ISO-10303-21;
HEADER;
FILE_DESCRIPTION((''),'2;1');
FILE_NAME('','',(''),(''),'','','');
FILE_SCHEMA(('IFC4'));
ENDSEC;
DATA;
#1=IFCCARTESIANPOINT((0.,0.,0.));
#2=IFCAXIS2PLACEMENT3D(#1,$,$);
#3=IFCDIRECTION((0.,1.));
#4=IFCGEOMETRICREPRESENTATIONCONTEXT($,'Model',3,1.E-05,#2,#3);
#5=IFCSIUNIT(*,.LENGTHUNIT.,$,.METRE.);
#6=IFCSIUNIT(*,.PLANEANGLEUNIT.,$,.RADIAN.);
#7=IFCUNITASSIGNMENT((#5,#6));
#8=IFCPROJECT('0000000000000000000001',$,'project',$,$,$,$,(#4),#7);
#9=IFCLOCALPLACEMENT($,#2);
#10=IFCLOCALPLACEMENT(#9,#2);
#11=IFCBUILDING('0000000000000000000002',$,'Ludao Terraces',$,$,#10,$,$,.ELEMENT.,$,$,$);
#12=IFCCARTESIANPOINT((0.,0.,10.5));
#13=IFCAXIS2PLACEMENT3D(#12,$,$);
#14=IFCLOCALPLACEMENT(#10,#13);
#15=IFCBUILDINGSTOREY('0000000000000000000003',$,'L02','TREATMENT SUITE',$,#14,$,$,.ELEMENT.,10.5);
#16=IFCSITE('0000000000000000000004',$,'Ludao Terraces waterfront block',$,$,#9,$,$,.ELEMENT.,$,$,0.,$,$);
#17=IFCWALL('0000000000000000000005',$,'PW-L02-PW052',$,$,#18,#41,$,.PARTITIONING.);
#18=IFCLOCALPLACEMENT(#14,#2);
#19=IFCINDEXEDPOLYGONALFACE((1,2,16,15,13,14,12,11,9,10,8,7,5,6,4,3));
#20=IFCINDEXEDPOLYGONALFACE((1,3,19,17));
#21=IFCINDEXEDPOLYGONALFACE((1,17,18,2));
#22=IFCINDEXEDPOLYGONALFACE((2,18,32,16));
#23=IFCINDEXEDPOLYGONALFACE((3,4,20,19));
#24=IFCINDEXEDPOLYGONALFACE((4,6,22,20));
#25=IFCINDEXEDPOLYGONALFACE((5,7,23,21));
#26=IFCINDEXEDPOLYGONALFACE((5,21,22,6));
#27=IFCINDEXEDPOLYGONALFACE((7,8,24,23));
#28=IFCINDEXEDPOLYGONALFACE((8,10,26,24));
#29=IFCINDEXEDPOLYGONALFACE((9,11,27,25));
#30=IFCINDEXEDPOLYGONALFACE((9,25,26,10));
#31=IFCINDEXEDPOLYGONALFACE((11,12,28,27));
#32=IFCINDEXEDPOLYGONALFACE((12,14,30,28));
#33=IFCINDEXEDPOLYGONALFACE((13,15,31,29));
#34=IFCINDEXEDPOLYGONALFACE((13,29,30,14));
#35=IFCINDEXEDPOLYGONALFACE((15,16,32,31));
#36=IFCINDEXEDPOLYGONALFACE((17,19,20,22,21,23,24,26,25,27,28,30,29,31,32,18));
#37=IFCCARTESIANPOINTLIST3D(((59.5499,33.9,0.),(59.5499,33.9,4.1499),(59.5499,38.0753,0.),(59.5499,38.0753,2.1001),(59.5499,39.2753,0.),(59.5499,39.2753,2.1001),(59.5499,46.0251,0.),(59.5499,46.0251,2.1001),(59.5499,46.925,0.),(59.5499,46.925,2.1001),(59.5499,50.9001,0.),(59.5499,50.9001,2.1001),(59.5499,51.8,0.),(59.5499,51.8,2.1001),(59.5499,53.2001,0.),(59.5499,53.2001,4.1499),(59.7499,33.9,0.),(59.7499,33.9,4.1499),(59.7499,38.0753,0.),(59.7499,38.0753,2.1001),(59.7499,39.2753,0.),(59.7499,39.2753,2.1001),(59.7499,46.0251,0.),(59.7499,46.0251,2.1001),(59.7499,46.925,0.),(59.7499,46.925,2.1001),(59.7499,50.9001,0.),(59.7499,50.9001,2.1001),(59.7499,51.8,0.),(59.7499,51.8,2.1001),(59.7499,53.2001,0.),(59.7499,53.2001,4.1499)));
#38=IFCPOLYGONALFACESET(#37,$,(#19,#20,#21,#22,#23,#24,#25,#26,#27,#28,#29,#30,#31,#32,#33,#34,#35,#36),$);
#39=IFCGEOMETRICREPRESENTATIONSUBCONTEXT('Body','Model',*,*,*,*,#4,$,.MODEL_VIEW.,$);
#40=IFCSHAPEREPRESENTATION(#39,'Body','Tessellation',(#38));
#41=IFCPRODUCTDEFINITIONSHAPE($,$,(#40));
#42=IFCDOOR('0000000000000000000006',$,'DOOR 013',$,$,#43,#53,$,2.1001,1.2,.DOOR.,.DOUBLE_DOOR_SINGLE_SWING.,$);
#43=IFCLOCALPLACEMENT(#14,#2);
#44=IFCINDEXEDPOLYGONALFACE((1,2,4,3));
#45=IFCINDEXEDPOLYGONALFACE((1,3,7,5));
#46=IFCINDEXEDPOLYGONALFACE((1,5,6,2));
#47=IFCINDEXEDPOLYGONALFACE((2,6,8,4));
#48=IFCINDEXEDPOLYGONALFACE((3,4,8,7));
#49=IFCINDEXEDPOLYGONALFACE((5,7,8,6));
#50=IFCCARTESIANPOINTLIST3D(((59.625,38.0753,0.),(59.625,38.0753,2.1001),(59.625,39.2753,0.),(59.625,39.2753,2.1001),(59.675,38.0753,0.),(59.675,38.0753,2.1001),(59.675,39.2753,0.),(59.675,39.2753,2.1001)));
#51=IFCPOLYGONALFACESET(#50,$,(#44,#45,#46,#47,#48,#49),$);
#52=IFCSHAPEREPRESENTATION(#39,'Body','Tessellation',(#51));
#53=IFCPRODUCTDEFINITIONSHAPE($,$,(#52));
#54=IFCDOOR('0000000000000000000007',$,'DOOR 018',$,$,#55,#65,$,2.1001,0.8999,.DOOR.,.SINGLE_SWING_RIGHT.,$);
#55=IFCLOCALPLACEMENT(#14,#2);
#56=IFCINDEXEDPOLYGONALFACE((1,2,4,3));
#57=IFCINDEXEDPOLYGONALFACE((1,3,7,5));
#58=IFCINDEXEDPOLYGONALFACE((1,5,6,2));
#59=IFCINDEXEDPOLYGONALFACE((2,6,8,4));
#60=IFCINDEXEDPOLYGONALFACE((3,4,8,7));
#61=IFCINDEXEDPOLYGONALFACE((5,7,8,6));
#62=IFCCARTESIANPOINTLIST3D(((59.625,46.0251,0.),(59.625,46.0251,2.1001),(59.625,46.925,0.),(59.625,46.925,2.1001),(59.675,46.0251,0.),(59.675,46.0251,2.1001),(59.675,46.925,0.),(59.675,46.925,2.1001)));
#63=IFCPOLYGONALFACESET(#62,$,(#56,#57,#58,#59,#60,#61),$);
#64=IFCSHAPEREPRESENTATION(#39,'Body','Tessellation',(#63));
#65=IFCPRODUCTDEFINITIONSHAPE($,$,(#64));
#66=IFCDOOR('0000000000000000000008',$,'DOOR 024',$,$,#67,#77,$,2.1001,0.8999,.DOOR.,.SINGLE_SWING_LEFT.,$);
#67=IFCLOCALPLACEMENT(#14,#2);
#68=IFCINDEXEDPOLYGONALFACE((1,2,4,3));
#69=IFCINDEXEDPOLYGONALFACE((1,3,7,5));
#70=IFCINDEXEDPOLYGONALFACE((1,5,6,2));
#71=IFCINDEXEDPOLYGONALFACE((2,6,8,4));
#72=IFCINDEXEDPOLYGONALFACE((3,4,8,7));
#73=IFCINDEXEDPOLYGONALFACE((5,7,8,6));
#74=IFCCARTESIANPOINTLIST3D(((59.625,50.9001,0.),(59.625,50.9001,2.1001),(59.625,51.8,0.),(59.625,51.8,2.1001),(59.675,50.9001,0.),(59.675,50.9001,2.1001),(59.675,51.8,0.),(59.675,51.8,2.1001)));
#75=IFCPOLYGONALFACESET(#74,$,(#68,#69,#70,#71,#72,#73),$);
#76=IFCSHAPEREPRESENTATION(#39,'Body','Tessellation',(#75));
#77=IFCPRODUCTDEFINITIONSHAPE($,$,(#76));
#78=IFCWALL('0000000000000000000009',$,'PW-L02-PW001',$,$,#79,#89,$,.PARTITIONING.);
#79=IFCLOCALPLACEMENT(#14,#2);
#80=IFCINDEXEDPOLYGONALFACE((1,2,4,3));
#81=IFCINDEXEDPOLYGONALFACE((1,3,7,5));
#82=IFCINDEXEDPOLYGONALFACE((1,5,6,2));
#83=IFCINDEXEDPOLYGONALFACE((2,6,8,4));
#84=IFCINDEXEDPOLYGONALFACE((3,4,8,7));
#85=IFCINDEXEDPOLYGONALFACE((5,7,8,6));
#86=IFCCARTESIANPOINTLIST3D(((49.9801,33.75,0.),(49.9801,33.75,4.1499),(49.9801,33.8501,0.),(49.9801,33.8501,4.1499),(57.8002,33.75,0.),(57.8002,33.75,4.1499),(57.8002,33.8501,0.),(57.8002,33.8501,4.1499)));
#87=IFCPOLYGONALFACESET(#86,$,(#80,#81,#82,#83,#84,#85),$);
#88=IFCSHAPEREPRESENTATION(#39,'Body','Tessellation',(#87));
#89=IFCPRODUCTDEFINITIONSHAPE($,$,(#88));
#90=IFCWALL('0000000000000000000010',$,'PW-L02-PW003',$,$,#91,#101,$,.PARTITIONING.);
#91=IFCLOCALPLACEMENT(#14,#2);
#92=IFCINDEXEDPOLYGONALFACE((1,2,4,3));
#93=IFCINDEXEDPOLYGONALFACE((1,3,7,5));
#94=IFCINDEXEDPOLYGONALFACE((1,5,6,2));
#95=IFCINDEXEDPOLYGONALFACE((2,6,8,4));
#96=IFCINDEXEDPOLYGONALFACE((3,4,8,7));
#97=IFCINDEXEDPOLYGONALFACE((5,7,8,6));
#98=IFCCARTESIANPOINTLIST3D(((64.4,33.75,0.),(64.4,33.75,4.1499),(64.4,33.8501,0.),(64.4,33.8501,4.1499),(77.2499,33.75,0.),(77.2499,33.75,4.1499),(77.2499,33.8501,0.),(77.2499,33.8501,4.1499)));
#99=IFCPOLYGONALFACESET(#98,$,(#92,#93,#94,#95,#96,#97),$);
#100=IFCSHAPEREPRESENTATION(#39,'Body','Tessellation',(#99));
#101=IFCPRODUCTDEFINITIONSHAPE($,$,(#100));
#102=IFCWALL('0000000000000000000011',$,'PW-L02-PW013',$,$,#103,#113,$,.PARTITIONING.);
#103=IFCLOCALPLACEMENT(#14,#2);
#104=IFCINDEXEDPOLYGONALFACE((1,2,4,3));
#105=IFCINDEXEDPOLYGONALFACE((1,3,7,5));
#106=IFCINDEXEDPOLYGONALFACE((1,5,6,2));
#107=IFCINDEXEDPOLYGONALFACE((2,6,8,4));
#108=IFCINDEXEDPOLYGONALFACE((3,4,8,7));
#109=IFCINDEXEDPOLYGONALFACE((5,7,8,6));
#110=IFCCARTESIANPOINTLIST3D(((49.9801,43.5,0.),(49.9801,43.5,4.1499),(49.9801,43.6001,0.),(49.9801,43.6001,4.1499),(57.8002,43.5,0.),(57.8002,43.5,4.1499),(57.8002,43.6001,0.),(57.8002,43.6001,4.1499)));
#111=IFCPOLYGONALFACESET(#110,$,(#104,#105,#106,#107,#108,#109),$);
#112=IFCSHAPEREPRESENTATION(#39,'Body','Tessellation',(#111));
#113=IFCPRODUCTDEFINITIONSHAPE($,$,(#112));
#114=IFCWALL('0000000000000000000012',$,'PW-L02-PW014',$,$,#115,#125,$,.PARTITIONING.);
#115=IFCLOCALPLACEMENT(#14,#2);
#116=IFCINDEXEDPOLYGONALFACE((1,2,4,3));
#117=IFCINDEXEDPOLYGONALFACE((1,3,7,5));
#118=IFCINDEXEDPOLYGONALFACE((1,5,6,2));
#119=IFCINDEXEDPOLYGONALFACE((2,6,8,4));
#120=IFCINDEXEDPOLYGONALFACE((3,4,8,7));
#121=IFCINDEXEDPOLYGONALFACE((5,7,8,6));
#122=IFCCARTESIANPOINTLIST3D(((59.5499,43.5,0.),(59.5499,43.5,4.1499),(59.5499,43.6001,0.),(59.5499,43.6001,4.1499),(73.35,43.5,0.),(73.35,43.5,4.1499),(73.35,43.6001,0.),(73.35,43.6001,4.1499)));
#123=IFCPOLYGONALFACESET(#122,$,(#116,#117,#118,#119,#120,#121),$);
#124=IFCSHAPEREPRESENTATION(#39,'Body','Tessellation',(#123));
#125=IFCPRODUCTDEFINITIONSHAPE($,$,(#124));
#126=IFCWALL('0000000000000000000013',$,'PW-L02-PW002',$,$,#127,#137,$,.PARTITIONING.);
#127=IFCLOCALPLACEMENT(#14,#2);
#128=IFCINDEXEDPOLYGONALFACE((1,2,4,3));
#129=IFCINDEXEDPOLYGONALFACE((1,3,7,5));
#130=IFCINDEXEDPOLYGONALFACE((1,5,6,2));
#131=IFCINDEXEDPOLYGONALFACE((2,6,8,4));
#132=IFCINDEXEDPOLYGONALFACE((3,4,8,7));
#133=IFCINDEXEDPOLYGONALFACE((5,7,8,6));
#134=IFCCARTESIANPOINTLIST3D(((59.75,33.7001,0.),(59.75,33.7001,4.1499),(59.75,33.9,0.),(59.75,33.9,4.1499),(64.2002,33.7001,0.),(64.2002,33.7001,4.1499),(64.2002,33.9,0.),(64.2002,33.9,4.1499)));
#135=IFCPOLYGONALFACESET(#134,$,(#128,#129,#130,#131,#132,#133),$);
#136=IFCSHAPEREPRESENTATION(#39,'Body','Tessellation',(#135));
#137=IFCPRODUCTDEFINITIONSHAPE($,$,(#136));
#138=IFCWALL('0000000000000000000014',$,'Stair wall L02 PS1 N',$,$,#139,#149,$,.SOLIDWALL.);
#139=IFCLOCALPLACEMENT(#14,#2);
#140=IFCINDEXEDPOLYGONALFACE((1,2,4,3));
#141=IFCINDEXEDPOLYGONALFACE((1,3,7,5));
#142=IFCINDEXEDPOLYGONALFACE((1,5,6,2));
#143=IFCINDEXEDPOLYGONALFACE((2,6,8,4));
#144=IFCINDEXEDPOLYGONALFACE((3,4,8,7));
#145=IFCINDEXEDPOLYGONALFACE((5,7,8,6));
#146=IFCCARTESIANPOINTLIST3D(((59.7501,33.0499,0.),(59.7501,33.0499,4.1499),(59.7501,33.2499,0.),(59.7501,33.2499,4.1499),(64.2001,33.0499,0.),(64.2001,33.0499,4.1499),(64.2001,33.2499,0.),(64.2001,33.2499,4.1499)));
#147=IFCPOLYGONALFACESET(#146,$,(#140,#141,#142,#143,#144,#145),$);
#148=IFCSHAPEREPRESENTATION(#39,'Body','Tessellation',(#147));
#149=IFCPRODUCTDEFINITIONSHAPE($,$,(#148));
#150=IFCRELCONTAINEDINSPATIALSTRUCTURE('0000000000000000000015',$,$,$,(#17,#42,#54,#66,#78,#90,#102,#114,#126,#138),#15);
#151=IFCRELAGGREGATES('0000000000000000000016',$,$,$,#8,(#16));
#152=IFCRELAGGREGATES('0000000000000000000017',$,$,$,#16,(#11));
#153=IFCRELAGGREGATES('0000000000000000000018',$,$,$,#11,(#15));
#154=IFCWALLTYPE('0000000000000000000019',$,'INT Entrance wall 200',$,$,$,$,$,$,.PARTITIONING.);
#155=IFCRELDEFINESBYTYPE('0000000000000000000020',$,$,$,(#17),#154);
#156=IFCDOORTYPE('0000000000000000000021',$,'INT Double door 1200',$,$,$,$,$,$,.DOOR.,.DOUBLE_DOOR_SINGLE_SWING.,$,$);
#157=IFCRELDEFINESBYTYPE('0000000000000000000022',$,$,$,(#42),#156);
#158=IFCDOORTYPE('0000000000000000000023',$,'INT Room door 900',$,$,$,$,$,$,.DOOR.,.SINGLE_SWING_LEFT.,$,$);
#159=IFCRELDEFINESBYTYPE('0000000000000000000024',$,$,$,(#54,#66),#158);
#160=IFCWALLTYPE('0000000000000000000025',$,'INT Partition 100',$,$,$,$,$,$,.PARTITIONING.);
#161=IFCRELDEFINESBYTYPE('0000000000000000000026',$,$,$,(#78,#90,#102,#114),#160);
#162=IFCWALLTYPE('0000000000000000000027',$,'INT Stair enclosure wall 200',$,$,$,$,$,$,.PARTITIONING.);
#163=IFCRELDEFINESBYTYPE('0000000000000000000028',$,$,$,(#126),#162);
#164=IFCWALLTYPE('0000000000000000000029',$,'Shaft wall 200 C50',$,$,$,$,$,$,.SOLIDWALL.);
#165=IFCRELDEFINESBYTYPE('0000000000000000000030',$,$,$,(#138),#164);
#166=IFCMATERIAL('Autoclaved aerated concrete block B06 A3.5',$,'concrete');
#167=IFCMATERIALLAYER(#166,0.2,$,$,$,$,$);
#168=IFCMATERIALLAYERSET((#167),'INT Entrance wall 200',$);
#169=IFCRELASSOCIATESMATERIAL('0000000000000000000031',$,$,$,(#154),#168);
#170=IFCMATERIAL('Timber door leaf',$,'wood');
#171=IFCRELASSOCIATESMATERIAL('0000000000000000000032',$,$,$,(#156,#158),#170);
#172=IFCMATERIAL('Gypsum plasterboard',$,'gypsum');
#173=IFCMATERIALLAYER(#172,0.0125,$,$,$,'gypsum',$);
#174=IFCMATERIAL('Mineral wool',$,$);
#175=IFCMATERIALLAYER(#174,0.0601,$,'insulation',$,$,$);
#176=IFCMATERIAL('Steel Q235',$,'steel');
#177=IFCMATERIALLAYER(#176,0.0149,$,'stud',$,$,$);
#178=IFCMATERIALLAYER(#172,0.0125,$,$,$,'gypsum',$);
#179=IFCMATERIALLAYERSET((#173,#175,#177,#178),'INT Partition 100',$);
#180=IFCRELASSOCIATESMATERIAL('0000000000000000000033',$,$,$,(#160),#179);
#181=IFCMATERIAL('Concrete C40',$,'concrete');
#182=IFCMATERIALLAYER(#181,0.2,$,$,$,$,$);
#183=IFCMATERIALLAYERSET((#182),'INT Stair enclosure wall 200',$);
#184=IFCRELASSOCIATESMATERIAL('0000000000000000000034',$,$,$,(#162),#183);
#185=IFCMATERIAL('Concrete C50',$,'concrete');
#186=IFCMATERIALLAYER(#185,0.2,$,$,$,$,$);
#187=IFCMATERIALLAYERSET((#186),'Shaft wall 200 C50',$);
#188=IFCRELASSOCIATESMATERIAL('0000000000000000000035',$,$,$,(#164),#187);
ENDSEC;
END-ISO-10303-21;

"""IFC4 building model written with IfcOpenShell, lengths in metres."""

from ifc_helpers import new_model, si_unit, direction, frame, frame_2d, origin, place, context, subcontext, project, spatial, rectangle, extrude, material, layer, layer_set, type_object, element, fill, save


model = new_model("IFC4")

# Units and contexts
model_context = context("Model", 3, precision=1e-05, world=origin(), true_north=direction((0.0, 1.0)))
body_context = subcontext(model_context, "Body", "Model", "MODEL_VIEW")
ifc_project = project(units=[si_unit("LENGTHUNIT", "METRE"), si_unit("PLANEANGLEUNIT", "RADIAN")], contexts=[model_context])

# Site, building, storey
site_placement = place(None, origin())
site = spatial("IfcSite", under=ifc_project, at=site_placement, Name="Ludao Terraces waterfront block", CompositionType="ELEMENT", RefElevation=0.0)
building_placement = place(site_placement, origin())
building = spatial("IfcBuilding", under=site, at=building_placement, Name="Ludao Terraces", CompositionType="ELEMENT")
storey_placement = place(building_placement, frame((0.0, 0.0, 10.5)))
storey = spatial("IfcBuildingStorey", under=building, at=storey_placement, Name="L02", Description="TREATMENT SUITE", CompositionType="ELEMENT", Elevation=10.5)

# Wall, openings, doors
ifc_material_1 = material(Name="Autoclaved aerated concrete block B06 A3.5", Category="concrete")
ifc_layer_1 = layer(ifc_material_1, 0.2)
ifc_layer_set_1 = layer_set([ifc_layer_1], Name="INT Entrance wall 200")
wall_type_1 = type_object("IfcWallType", Name="INT Entrance wall 200", PredefinedType="PARTITIONING", material=ifc_layer_set_1)
ifc_material_2 = material(Name="Timber door leaf", Category="wood")
door_type_1 = type_object("IfcDoorType", Name="INT Double door 1200", OperationType="DOUBLE_DOOR_SINGLE_SWING", PredefinedType="DOOR", material=ifc_material_2)
door_type_2 = type_object("IfcDoorType", Name="INT Room door 900", OperationType="SINGLE_SWING_LEFT", PredefinedType="DOOR", material=ifc_material_2)
wall_1_placement = place(storey_placement, frame((59.6499, 33.9001, 0.0), z_axis=(0.0, 0.0, 1.0), x_axis=(0.0, 1.0, 0.0)))
wall_1 = element("IfcWall", 1, at=wall_1_placement, inside=storey, type_object=wall_type_1, Name="PW-L02-PW052", PredefinedType="PARTITIONING", context=body_context, shape_type="SweptSolid", body=[
    extrude(rectangle(XDim=19.3, YDim=0.2, at=frame_2d((9.6499, 0.0))), origin(), (0.0, 0.0, 1.0), 4.1499),
])
opening_1_placement = place(wall_1_placement, frame((4.175, 0.0, 0.0)))
opening_1 = element("IfcOpeningElement", 2, at=opening_1_placement, cuts=wall_1, PredefinedType="OPENING", context=body_context, shape_type="SweptSolid", body=[
    extrude(rectangle(XDim=1.2, YDim=2.1001, at=frame_2d((0.6001, 1.05))), frame((0.0, 0.1099, 0.0), z_axis=(0.0, -1.0, 0.0), x_axis=(1.0, 0.0, 0.0)), (0.0, 0.0, 1.0), 0.22),
])
opening_2_placement = place(wall_1_placement, frame((12.125, 0.0, 0.0)))
opening_2 = element("IfcOpeningElement", 3, at=opening_2_placement, cuts=wall_1, PredefinedType="OPENING", context=body_context, shape_type="SweptSolid", body=[
    extrude(rectangle(XDim=0.8999, YDim=2.1001, at=frame_2d((0.45, 1.05))), frame((0.0, 0.1099, 0.0), z_axis=(0.0, -1.0, 0.0), x_axis=(1.0, 0.0, 0.0)), (0.0, 0.0, 1.0), 0.22),
])
opening_3_placement = place(wall_1_placement, frame((17.0, 0.0, 0.0)))
opening_3 = element("IfcOpeningElement", 4, at=opening_3_placement, cuts=wall_1, PredefinedType="OPENING", context=body_context, shape_type="SweptSolid", body=[
    extrude(rectangle(XDim=0.8999, YDim=2.1001, at=frame_2d((0.45, 1.05))), frame((0.0, 0.1099, 0.0), z_axis=(0.0, -1.0, 0.0), x_axis=(1.0, 0.0, 0.0)), (0.0, 0.0, 1.0), 0.22),
])
door_1_placement = place(opening_1_placement, origin())
door_1 = element("IfcDoor", 5, at=door_1_placement, inside=storey, type_object=door_type_1, Name="DOOR 013", OperationType="DOUBLE_DOOR_SINGLE_SWING", OverallHeight=2.1001, OverallWidth=1.2, PredefinedType="DOOR", context=body_context, shape_type="SweptSolid", body=[
    extrude(rectangle(XDim=1.2, YDim=2.1001, at=frame_2d((0.6001, 1.05))), frame((0.0, 0.0249, 0.0), z_axis=(0.0, -1.0, 0.0), x_axis=(1.0, 0.0, 0.0)), (0.0, 0.0, 1.0), 0.05),
])
fill(opening_1, door_1)
door_2_placement = place(opening_2_placement, origin())
door_2 = element("IfcDoor", 6, at=door_2_placement, inside=storey, type_object=door_type_2, Name="DOOR 018", OperationType="SINGLE_SWING_RIGHT", OverallHeight=2.1001, OverallWidth=0.8999, PredefinedType="DOOR", context=body_context, shape_type="SweptSolid", body=[
    extrude(rectangle(XDim=0.8999, YDim=2.1001, at=frame_2d((0.45, 1.05))), frame((0.0, 0.0249, 0.0), z_axis=(0.0, -1.0, 0.0), x_axis=(1.0, 0.0, 0.0)), (0.0, 0.0, 1.0), 0.05),
])
fill(opening_2, door_2)
door_3_placement = place(opening_3_placement, origin())
door_3 = element("IfcDoor", 7, at=door_3_placement, inside=storey, type_object=door_type_2, Name="DOOR 024", OperationType="SINGLE_SWING_LEFT", OverallHeight=2.1001, OverallWidth=0.8999, PredefinedType="DOOR", context=body_context, shape_type="SweptSolid", body=[
    extrude(rectangle(XDim=0.8999, YDim=2.1001, at=frame_2d((0.45, 1.05))), frame((0.0, 0.0249, 0.0), z_axis=(0.0, -1.0, 0.0), x_axis=(1.0, 0.0, 0.0)), (0.0, 0.0, 1.0), 0.05),
])
fill(opening_3, door_3)

# Walls
ifc_material_3 = material(Name="Gypsum plasterboard", Category="gypsum")
ifc_layer_2 = layer(ifc_material_3, 0.0125, Category="gypsum")
ifc_material_4 = material(Name="Mineral wool")
ifc_layer_3 = layer(ifc_material_4, 0.0601, Name="insulation")
ifc_material_5 = material(Name="Steel Q235", Category="steel")
ifc_layer_4 = layer(ifc_material_5, 0.0149, Name="stud")
ifc_layer_5 = layer(ifc_material_3, 0.0125, Category="gypsum")
ifc_layer_set_2 = layer_set([ifc_layer_2, ifc_layer_3, ifc_layer_4, ifc_layer_5], Name="INT Partition 100")
wall_type_2 = type_object("IfcWallType", Name="INT Partition 100", PredefinedType="PARTITIONING", material=ifc_layer_set_2)
wall_2_placement = place(storey_placement, frame((49.98, 33.8, 0.0), z_axis=(0.0, 0.0, 1.0), x_axis=(1.0, 0.0, 0.0)))
element("IfcWall", 8, at=wall_2_placement, inside=storey, type_object=wall_type_2, Name="PW-L02-PW001", PredefinedType="PARTITIONING", context=body_context, shape_type="SweptSolid", body=[
    extrude(rectangle(XDim=7.8201, YDim=0.1001, at=frame_2d((3.9102, 0.0))), origin(), (0.0, 0.0, 1.0), 4.1499),
])
wall_3_placement = place(storey_placement, frame((64.4001, 33.8, 0.0), z_axis=(0.0, 0.0, 1.0), x_axis=(1.0, 0.0, 0.0)))
element("IfcWall", 9, at=wall_3_placement, inside=storey, type_object=wall_type_2, Name="PW-L02-PW003", PredefinedType="PARTITIONING", context=body_context, shape_type="SweptSolid", body=[
    extrude(rectangle(XDim=12.8499, YDim=0.1001, at=frame_2d((6.4248, 0.0))), origin(), (0.0, 0.0, 1.0), 4.1499),
])
wall_4_placement = place(storey_placement, frame((49.98, 43.55, 0.0), z_axis=(0.0, 0.0, 1.0), x_axis=(1.0, 0.0, 0.0)))
element("IfcWall", 10, at=wall_4_placement, inside=storey, type_object=wall_type_2, Name="PW-L02-PW013", PredefinedType="PARTITIONING", context=body_context, shape_type="SweptSolid", body=[
    extrude(rectangle(XDim=7.8201, YDim=0.1001, at=frame_2d((3.9102, 0.0))), origin(), (0.0, 0.0, 1.0), 4.1499),
])
wall_5_placement = place(storey_placement, frame((59.55, 43.55, 0.0), z_axis=(0.0, 0.0, 1.0), x_axis=(1.0, 0.0, 0.0)))
element("IfcWall", 11, at=wall_5_placement, inside=storey, type_object=wall_type_2, Name="PW-L02-PW014", PredefinedType="PARTITIONING", context=body_context, shape_type="SweptSolid", body=[
    extrude(rectangle(XDim=13.8, YDim=0.1001, at=frame_2d((6.8999, 0.0))), origin(), (0.0, 0.0, 1.0), 4.1499),
])
ifc_material_6 = material(Name="Concrete C40", Category="concrete")
ifc_layer_6 = layer(ifc_material_6, 0.2)
ifc_layer_set_3 = layer_set([ifc_layer_6], Name="INT Stair enclosure wall 200")
wall_type_3 = type_object("IfcWallType", Name="INT Stair enclosure wall 200", PredefinedType="PARTITIONING", material=ifc_layer_set_3)
wall_6_placement = place(storey_placement, frame((59.75, 33.8, 0.0), z_axis=(0.0, 0.0, 1.0), x_axis=(1.0, 0.0, 0.0)))
element("IfcWall", 12, at=wall_6_placement, inside=storey, type_object=wall_type_3, Name="PW-L02-PW002", PredefinedType="PARTITIONING", context=body_context, shape_type="SweptSolid", body=[
    extrude(rectangle(XDim=4.4502, YDim=0.2, at=frame_2d((2.2251, 0.0))), origin(), (0.0, 0.0, 1.0), 4.1499),
])
ifc_material_7 = material(Name="Concrete C50", Category="concrete")
ifc_layer_7 = layer(ifc_material_7, 0.2)
ifc_layer_set_4 = layer_set([ifc_layer_7], Name="Shaft wall 200 C50")
wall_type_4 = type_object("IfcWallType", Name="Shaft wall 200 C50", PredefinedType="SOLIDWALL", material=ifc_layer_set_4)
wall_7_placement = place(storey_placement, frame((59.75, 33.1499, 0.0), z_axis=(0.0, 0.0, 1.0), x_axis=(1.0, 0.0, 0.0)))
element("IfcWall", 13, at=wall_7_placement, inside=storey, type_object=wall_type_4, Name="Stair wall L02 PS1 N", PredefinedType="SOLIDWALL", context=body_context, shape_type="SweptSolid", body=[
    extrude(rectangle(XDim=4.45, YDim=0.2, at=frame_2d((2.2251, 0.0))), origin(), (0.0, 0.0, 1.0), 4.1499),
])

save(model, "model.ifc")
